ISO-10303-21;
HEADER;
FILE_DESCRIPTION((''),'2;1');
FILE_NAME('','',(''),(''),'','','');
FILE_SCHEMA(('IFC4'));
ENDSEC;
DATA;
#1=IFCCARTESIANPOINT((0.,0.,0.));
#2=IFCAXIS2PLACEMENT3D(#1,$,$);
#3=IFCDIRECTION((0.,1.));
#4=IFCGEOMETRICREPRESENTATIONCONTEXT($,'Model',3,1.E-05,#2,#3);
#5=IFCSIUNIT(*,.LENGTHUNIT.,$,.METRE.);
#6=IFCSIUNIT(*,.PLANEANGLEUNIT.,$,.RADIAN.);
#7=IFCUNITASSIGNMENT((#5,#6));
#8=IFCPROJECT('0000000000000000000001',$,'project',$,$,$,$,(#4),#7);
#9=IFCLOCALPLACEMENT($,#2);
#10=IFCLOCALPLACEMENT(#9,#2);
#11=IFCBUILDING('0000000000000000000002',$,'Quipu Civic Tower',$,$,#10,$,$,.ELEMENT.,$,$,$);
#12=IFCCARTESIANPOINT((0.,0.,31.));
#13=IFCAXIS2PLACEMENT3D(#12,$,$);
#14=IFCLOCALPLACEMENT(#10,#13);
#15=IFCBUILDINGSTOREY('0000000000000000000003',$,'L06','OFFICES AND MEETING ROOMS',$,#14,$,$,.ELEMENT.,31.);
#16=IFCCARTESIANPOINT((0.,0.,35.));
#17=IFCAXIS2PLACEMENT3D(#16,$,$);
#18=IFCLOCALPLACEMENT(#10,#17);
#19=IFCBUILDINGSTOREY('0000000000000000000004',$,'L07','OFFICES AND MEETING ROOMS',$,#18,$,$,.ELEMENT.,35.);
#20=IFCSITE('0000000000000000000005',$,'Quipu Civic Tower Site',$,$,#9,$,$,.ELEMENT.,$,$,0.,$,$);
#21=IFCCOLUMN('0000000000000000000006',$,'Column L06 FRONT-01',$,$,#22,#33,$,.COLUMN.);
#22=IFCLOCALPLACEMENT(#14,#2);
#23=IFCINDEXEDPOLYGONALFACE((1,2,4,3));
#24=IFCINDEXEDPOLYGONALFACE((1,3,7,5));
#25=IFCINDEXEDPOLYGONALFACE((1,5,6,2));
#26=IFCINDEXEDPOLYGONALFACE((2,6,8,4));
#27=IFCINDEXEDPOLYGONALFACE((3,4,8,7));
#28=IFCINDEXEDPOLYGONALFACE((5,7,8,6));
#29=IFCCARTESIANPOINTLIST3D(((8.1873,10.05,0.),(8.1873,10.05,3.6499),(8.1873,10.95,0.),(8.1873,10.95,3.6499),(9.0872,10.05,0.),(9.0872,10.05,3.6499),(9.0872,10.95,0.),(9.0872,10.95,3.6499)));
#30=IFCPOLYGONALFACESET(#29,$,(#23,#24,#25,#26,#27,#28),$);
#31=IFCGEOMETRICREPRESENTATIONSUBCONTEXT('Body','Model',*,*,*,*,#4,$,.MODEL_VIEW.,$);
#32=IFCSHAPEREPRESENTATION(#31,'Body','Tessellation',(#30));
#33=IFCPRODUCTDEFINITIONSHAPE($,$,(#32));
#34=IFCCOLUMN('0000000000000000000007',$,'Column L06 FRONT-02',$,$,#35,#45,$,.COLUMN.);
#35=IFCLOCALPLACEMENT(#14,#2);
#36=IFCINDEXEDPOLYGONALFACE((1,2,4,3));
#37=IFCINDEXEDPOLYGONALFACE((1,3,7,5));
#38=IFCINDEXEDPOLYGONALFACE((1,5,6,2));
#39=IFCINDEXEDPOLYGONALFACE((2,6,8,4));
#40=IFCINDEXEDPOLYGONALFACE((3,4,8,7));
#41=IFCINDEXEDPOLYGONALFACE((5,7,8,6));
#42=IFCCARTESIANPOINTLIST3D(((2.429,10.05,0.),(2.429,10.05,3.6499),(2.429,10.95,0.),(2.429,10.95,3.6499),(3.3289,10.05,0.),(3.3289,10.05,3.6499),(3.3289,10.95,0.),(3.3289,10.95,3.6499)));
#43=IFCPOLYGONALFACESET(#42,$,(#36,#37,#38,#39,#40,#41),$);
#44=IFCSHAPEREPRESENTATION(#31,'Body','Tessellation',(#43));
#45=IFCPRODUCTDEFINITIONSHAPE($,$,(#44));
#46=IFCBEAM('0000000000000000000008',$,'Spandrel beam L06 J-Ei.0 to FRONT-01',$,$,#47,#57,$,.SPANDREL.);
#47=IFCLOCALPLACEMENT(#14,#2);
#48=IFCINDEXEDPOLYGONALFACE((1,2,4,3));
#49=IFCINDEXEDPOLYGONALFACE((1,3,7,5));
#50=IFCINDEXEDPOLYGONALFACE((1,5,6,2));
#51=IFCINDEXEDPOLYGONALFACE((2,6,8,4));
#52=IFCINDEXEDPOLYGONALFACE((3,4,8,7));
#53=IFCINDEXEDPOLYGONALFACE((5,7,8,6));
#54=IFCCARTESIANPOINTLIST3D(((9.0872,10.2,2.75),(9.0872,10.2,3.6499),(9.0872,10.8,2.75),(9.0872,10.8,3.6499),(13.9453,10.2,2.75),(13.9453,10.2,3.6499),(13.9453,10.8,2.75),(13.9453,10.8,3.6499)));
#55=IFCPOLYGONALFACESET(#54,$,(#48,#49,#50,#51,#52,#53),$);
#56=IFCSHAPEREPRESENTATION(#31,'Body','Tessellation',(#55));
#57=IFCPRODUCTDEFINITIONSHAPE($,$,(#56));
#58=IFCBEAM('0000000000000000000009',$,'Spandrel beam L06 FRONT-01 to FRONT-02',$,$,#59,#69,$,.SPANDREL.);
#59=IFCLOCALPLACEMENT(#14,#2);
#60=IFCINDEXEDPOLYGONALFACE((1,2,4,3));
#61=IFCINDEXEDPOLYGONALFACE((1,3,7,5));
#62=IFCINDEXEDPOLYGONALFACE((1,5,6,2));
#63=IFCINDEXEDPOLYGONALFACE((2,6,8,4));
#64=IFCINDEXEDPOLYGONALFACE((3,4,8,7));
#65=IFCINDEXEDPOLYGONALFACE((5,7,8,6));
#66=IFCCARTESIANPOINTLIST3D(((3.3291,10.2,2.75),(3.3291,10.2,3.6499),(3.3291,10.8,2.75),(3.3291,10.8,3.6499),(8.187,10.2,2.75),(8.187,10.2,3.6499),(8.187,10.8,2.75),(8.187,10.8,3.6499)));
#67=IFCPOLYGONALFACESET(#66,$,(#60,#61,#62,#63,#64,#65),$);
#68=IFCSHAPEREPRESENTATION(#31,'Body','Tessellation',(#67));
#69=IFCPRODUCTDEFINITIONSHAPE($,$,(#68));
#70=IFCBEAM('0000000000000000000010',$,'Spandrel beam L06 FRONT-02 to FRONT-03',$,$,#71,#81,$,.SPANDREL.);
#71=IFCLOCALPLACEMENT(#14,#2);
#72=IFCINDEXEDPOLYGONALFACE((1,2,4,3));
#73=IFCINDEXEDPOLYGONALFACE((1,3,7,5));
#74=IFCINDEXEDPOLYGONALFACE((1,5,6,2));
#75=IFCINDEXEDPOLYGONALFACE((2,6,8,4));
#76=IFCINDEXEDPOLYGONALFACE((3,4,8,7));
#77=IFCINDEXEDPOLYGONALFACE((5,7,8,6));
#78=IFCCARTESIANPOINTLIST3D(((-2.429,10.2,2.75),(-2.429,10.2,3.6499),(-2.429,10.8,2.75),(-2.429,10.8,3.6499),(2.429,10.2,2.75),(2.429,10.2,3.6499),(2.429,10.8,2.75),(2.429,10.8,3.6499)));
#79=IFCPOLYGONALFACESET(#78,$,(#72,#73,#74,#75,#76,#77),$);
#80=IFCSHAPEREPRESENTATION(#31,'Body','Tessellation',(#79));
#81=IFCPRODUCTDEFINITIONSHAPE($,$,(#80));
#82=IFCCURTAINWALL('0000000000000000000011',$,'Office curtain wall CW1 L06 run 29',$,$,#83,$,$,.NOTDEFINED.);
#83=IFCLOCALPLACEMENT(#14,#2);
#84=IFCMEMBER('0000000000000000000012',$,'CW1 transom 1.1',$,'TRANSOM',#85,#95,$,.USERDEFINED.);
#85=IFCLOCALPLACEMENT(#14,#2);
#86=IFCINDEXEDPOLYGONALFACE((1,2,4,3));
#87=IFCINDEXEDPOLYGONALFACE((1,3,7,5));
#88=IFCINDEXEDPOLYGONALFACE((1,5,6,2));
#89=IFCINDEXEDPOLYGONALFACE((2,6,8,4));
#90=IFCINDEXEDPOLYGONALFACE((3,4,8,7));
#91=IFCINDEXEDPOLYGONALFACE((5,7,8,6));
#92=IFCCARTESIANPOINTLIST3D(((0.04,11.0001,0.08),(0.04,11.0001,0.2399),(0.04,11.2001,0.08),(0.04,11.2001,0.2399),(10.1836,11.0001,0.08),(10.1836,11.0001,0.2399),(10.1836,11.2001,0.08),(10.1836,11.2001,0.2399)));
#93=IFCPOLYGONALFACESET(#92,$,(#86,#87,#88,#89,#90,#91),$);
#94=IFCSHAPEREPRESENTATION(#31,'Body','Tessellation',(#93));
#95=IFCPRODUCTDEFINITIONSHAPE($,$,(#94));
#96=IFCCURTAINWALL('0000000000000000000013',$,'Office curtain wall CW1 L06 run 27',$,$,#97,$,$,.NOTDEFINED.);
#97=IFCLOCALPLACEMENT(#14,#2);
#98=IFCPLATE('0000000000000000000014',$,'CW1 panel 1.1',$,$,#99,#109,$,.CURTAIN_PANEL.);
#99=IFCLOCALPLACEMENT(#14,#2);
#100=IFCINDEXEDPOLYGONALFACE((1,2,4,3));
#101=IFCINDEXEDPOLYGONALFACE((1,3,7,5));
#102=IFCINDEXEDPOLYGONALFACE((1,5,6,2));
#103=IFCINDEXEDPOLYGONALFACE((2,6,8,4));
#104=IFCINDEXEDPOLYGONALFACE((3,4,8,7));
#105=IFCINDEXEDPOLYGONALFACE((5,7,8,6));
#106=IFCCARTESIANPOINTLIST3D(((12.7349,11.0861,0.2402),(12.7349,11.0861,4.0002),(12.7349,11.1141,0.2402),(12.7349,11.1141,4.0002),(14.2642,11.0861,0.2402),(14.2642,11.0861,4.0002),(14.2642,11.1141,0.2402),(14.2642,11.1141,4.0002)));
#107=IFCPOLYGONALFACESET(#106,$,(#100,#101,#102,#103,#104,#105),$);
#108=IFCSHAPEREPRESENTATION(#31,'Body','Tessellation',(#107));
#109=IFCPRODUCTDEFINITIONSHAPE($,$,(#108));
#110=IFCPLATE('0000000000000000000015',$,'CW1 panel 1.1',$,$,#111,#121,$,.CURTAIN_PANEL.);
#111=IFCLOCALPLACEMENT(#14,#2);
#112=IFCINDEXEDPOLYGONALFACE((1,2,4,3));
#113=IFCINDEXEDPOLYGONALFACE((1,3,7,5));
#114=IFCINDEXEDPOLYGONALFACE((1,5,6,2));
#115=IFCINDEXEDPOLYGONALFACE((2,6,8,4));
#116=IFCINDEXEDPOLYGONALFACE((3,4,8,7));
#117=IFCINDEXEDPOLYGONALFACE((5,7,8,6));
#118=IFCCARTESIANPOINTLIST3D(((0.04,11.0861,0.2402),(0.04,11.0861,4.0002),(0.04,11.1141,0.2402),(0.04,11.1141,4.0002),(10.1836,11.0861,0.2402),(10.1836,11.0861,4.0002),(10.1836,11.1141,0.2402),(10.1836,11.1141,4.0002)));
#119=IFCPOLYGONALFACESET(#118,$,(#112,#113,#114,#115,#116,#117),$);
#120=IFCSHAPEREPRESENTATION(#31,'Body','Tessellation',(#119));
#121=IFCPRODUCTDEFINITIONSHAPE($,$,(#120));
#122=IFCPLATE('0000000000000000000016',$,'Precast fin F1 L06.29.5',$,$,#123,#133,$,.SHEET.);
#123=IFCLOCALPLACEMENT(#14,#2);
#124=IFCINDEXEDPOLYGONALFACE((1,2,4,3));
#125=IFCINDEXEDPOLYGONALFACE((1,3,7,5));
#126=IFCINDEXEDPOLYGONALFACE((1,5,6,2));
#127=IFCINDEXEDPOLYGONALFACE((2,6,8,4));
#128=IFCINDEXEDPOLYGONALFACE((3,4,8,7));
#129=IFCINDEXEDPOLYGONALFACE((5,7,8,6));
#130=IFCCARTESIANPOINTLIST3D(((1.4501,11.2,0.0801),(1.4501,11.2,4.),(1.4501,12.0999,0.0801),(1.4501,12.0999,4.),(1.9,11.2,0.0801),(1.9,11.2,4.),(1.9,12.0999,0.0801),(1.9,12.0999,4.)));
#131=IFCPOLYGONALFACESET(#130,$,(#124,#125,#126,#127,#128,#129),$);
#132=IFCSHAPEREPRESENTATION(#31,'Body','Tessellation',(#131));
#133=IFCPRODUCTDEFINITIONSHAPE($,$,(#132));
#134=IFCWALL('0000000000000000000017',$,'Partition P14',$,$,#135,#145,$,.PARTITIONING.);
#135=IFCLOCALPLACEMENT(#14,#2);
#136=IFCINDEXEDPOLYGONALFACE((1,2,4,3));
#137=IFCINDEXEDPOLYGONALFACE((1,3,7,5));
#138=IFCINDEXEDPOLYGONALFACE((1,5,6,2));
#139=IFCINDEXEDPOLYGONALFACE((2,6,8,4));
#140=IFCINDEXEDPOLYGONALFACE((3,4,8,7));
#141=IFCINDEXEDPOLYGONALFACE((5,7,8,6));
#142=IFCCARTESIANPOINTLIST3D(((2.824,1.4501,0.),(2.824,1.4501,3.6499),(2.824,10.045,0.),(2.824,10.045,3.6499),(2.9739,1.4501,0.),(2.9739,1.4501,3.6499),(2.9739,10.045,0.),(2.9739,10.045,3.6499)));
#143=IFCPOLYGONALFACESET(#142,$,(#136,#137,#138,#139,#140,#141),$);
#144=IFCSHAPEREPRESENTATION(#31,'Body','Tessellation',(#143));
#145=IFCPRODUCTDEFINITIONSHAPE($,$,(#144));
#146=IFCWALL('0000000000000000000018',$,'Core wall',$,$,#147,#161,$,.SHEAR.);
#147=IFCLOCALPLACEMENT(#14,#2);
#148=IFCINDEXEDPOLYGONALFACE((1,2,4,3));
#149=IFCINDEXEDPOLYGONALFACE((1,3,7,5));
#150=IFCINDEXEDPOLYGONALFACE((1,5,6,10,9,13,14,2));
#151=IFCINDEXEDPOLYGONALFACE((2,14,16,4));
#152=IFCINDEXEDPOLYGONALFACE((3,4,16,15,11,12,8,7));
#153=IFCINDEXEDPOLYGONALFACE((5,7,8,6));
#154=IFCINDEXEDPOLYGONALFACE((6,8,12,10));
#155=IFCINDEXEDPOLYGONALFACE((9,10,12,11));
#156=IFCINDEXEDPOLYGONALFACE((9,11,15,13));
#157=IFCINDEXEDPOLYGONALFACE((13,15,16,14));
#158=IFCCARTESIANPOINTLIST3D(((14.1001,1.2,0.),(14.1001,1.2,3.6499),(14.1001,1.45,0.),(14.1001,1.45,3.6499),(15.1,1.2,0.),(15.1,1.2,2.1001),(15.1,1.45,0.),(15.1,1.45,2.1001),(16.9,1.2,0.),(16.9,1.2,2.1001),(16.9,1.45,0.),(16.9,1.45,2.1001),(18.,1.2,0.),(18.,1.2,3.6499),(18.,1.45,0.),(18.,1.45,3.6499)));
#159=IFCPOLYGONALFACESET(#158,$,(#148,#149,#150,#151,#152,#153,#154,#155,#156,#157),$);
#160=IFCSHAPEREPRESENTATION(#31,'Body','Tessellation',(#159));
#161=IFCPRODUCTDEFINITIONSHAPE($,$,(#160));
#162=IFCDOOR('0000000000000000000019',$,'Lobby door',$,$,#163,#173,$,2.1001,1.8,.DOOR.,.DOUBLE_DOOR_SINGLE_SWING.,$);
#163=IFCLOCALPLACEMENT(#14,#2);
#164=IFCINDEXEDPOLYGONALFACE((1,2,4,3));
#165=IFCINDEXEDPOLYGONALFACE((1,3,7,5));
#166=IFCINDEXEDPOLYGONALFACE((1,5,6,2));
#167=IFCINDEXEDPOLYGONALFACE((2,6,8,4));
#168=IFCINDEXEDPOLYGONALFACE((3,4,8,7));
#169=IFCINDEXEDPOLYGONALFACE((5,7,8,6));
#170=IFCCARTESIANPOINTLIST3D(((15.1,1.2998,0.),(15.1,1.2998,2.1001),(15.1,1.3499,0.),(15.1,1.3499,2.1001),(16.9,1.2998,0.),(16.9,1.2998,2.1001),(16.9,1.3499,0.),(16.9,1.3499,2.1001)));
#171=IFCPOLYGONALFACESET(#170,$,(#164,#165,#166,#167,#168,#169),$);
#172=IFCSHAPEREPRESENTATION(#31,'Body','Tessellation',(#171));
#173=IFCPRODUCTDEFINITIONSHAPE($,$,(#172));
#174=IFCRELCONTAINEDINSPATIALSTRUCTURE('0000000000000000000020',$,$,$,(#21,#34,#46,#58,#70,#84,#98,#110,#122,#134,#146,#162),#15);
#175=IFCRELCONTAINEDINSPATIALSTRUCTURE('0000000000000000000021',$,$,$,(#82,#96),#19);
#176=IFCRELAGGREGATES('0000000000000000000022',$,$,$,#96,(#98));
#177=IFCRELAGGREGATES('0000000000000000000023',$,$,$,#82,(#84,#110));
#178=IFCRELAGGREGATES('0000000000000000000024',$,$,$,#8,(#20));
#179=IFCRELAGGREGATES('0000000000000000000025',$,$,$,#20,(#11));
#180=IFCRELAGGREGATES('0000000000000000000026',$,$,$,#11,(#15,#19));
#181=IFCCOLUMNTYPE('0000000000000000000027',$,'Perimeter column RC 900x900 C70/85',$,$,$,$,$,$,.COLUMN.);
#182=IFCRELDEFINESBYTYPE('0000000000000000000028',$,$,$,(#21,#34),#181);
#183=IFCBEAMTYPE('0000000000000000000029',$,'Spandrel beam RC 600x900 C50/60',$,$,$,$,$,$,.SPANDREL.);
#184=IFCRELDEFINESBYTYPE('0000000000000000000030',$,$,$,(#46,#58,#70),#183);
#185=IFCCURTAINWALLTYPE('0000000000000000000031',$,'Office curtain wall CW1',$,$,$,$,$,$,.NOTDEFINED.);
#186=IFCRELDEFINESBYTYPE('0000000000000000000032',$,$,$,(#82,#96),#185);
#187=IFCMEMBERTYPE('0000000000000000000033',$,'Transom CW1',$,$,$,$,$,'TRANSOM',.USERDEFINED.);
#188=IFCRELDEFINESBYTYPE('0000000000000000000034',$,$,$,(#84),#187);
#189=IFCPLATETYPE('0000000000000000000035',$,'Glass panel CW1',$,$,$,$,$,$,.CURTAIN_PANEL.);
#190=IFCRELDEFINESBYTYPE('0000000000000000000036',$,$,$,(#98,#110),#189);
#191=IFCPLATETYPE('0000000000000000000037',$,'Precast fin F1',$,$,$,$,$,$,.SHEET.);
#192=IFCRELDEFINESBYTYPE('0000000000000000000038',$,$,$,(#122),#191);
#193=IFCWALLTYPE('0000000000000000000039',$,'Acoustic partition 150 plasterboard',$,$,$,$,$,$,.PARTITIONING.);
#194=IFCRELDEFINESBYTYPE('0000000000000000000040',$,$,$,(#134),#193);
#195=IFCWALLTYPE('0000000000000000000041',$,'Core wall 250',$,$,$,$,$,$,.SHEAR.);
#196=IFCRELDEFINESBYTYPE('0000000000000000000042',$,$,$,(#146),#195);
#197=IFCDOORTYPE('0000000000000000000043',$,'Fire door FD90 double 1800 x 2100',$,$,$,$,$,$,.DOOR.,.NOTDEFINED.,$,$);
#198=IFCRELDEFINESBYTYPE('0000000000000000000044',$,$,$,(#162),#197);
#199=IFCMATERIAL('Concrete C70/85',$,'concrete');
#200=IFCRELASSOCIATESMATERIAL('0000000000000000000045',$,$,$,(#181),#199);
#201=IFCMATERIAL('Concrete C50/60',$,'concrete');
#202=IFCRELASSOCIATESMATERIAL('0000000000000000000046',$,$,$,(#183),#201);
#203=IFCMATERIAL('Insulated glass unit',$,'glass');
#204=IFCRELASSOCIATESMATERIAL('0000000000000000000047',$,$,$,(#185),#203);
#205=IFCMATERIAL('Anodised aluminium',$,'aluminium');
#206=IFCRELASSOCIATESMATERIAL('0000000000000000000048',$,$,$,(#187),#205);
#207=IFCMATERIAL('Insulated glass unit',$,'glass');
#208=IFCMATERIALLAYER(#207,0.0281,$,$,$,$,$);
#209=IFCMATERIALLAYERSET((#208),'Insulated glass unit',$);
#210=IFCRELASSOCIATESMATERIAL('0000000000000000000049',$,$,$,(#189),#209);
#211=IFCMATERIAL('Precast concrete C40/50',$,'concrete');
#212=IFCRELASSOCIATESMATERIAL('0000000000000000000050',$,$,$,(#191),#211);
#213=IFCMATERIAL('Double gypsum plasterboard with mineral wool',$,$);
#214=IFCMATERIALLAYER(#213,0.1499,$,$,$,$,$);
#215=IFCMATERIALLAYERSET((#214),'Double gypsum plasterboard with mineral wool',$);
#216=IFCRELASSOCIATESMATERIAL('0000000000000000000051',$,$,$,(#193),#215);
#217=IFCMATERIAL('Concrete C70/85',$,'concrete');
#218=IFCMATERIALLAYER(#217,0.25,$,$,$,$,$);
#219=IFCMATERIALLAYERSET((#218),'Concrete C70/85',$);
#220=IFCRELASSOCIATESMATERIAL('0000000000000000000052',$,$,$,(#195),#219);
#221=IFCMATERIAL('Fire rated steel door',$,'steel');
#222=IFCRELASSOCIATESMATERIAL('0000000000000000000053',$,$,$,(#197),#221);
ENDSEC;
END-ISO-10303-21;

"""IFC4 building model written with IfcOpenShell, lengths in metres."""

from ifc_helpers import new_model, si_unit, direction, frame, frame_2d, origin, origin_2d, place, context, subcontext, project, spatial, rectangle, extrude, material, layer, layer_set, material_profile, profile_set, type_object, element, fill, aggregate, save


model = new_model("IFC4")

# Units and contexts
model_context = context("Model", 3, precision=1e-05, world=origin(), true_north=direction((0.0, 1.0)))
body_context = subcontext(model_context, "Body", "Model", "MODEL_VIEW")
ifc_project = project(units=[si_unit("LENGTHUNIT", "METRE"), si_unit("PLANEANGLEUNIT", "RADIAN")], contexts=[model_context])

# Site, building, storey
site_placement = place(None, origin())
site = spatial("IfcSite", under=ifc_project, at=site_placement, Name="Quipu Civic Tower Site", CompositionType="ELEMENT", RefElevation=0.0)
building_placement = place(site_placement, origin())
building = spatial("IfcBuilding", under=site, at=building_placement, Name="Quipu Civic Tower", CompositionType="ELEMENT")
storey_1_placement = place(building_placement, frame((0.0, 0.0, 31.0)))
storey_1 = spatial("IfcBuildingStorey", under=building, at=storey_1_placement, Name="L06", Description="OFFICES AND MEETING ROOMS", CompositionType="ELEMENT", Elevation=31.0)

# Columns
ifc_material_1 = material(Name="Concrete C70/85", Category="concrete")
ifc_material_profile_1 = material_profile(ifc_material_1, rectangle(XDim=0.8999, YDim=0.8999, at=origin_2d()), Name="RC900x900")
ifc_profile_set_1 = profile_set([ifc_material_profile_1], Name="Concrete C70/85")
column_type = type_object("IfcColumnType", Name="Perimeter column RC 900x900 C70/85", PredefinedType="COLUMN", material=ifc_profile_set_1)
for number, where, z_axis, x_axis, name in (
    (1, (8.6372, 10.5, 0.0), (0.0, 0.0, 1.0), (-1.0, 0.0, 0.0), "Column L06 FRONT-01"),
    (2, (2.8789, 10.5, 0.0), (0.0, 0.0, 1.0), (-1.0, 0.0, 0.0), "Column L06 FRONT-02"),
):
    element("IfcColumn", number, at=place(storey_1_placement, frame(where, z_axis=z_axis, x_axis=x_axis)), inside=storey_1, type_object=column_type, Name=name, PredefinedType="COLUMN", context=body_context, shape_type="SweptSolid", body=[
        extrude(rectangle(XDim=0.8999, YDim=0.8999, at=origin_2d()), origin(), (0.0, 0.0, 1.0), 3.6499),
    ])

# Beams
ifc_material_2 = material(Name="Concrete C50/60", Category="concrete")
ifc_material_profile_2 = material_profile(ifc_material_2, rectangle(XDim=0.6001, YDim=0.8999, at=origin_2d()), Name="RC600x900")
ifc_profile_set_2 = profile_set([ifc_material_profile_2], Name="Concrete C50/60")
beam_type = type_object("IfcBeamType", Name="Spandrel beam RC 600x900 C50/60", PredefinedType="SPANDREL", material=ifc_profile_set_2)
beam_placement = place(storey_1_placement, frame((13.9453, 10.5, 3.2), z_axis=(-1.0, 0.0, 0.0), x_axis=(0.0, -1.0, 0.0)))
element("IfcBeam", 3, at=beam_placement, inside=storey_1, type_object=beam_type, Name="Spandrel beam L06 J-Ei.0 to FRONT-01", PredefinedType="SPANDREL", context=body_context, shape_type="SweptSolid", body=[
    extrude(rectangle(XDim=0.6001, YDim=0.8999, at=origin_2d()), origin(), (0.0, 0.0, 1.0), 4.8582),
])
for number, where, z_axis, x_axis, name in (
    (4, (8.187, 10.5, 3.2), (-1.0, 0.0, 0.0), (0.0, -1.0, 0.0), "Spandrel beam L06 FRONT-01 to FRONT-02"),
    (5, (2.429, 10.5, 3.2), (-1.0, 0.0, 0.0), (0.0, -1.0, 0.0), "Spandrel beam L06 FRONT-02 to FRONT-03"),
):
    element("IfcBeam", number, at=place(storey_1_placement, frame(where, z_axis=z_axis, x_axis=x_axis)), inside=storey_1, type_object=beam_type, Name=name, PredefinedType="SPANDREL", context=body_context, shape_type="SweptSolid", body=[
        extrude(rectangle(XDim=0.6001, YDim=0.8999, at=origin_2d()), origin(), (0.0, 0.0, 1.0), 4.8579),
    ])

# Shared definitions
storey_2_placement = place(building_placement, frame((0.0, 0.0, 35.0)))
storey_2 = spatial("IfcBuildingStorey", under=building, at=storey_2_placement, Name="L07", Description="OFFICES AND MEETING ROOMS", CompositionType="ELEMENT", Elevation=35.0)

# Curtain wall, member
ifc_material_3 = material(Name="Insulated glass unit", Category="glass")
curtain_wall_type = type_object("IfcCurtainWallType", Name="Office curtain wall CW1", PredefinedType="NOTDEFINED", material=ifc_material_3)
curtain_wall_1_placement = place(storey_2_placement, origin())
curtain_wall_1 = element("IfcCurtainWall", 6, at=curtain_wall_1_placement, inside=storey_2, type_object=curtain_wall_type, Name="Office curtain wall CW1 L06 run 29", PredefinedType="NOTDEFINED")
ifc_material_4 = material(Name="Anodised aluminium", Category="aluminium")
ifc_material_profile_3 = material_profile(ifc_material_4, rectangle(XDim=0.2, YDim=0.1599, at=origin_2d()), Name="RECT 200x160")
ifc_profile_set_3 = profile_set([ifc_material_profile_3], Name="Anodised aluminium")
member_type = type_object("IfcMemberType", Name="Transom CW1", ElementType="TRANSOM", PredefinedType="USERDEFINED", material=ifc_profile_set_3)
member_placement = place(storey_1_placement, frame((10.1836, 11.1001, 0.1599), z_axis=(-1.0, 0.0, 0.0), x_axis=(0.0, -1.0, 0.0)))
member = element("IfcMember", 7, at=member_placement, inside=storey_1, type_object=member_type, Name="CW1 transom 1.1", ObjectType="TRANSOM", PredefinedType="USERDEFINED", context=body_context, shape_type="SweptSolid", body=[
    extrude(rectangle(XDim=0.2, YDim=0.1599, at=origin_2d()), origin(), (0.0, 0.0, 1.0), 10.1436),
])

# Curtain wall, plate
curtain_wall_2_placement = place(storey_2_placement, origin())
curtain_wall_2 = element("IfcCurtainWall", 8, at=curtain_wall_2_placement, inside=storey_2, type_object=curtain_wall_type, Name="Office curtain wall CW1 L06 run 27", PredefinedType="NOTDEFINED")
ifc_material_5 = material(Name="Insulated glass unit", Category="glass")
ifc_layer_1 = layer(ifc_material_5, 0.0281)
ifc_layer_set_1 = layer_set([ifc_layer_1], Name="Insulated glass unit")
plate_type_1 = type_object("IfcPlateType", Name="Glass panel CW1", PredefinedType="CURTAIN_PANEL", material=ifc_layer_set_1)
plate_1_placement = place(storey_1_placement, frame((13.4995, 11.1001, 0.2402), z_axis=(0.0, 0.0, 1.0), x_axis=(-1.0, 0.0, 0.0)))
plate_1 = element("IfcPlate", 9, at=plate_1_placement, inside=storey_1, type_object=plate_type_1, Name="CW1 panel 1.1", PredefinedType="CURTAIN_PANEL", context=body_context, shape_type="SweptSolid", body=[
    extrude(rectangle(XDim=1.5293, YDim=0.0281, at=origin_2d()), origin(), (0.0, 0.0, 1.0), 3.76),
])
aggregate(curtain_wall_2, [plate_1])

# Plates
plate_2_placement = place(storey_1_placement, frame((5.1118, 11.1001, 0.2402), z_axis=(0.0, 0.0, 1.0), x_axis=(-1.0, 0.0, 0.0)))
plate_2 = element("IfcPlate", 10, at=plate_2_placement, inside=storey_1, type_object=plate_type_1, Name="CW1 panel 1.1", PredefinedType="CURTAIN_PANEL", context=body_context, shape_type="SweptSolid", body=[
    extrude(rectangle(XDim=10.1436, YDim=0.0281, at=origin_2d()), origin(), (0.0, 0.0, 1.0), 3.76),
])
aggregate(curtain_wall_1, [member, plate_2])
ifc_material_6 = material(Name="Precast concrete C40/50", Category="concrete")
plate_type_2 = type_object("IfcPlateType", Name="Precast fin F1", PredefinedType="SHEET", material=ifc_material_6)
plate_3_placement = place(storey_1_placement, frame((1.675, 11.6499, 0.0801), z_axis=(0.0, 0.0, 1.0), x_axis=(-1.0, 0.0, 0.0)))
element("IfcPlate", 11, at=plate_3_placement, inside=storey_1, type_object=plate_type_2, Name="Precast fin F1 L06.29.5", PredefinedType="SHEET", context=body_context, shape_type="SweptSolid", body=[
    extrude(rectangle(XDim=0.45, YDim=0.8999, at=origin_2d()), origin(), (0.0, 0.0, 1.0), 3.9199),
])

# Wall
ifc_material_7 = material(Name="Double gypsum plasterboard with mineral wool")
ifc_layer_2 = layer(ifc_material_7, 0.1499)
ifc_layer_set_2 = layer_set([ifc_layer_2], Name="Double gypsum plasterboard with mineral wool")
wall_type_1 = type_object("IfcWallType", Name="Acoustic partition 150 plasterboard", PredefinedType="PARTITIONING", material=ifc_layer_set_2)
wall_1_placement = place(storey_1_placement, frame((2.8989, 10.0449, 0.0), z_axis=(0.0, 0.0, 1.0), x_axis=(0.0, -1.0, 0.0)))
element("IfcWall", 12, at=wall_1_placement, inside=storey_1, type_object=wall_type_1, Name="Partition P14", PredefinedType="PARTITIONING", context=body_context, shape_type="SweptSolid", body=[
    extrude(rectangle(XDim=8.595, YDim=0.1499, at=frame_2d((4.2974, 0.0))), origin(), (0.0, 0.0, 1.0), 3.6499),
])

# Wall, opening, door
ifc_material_8 = material(Name="Concrete C70/85", Category="concrete")
ifc_layer_3 = layer(ifc_material_8, 0.25)
ifc_layer_set_3 = layer_set([ifc_layer_3], Name="Concrete C70/85")
wall_type_2 = type_object("IfcWallType", Name="Core wall 250", PredefinedType="SHEAR", material=ifc_layer_set_3)
wall_2_placement = place(storey_1_placement, frame((14.1001, 1.325, 0.0), z_axis=(0.0, 0.0, 1.0), x_axis=(1.0, 0.0, 0.0)))
wall_2 = element("IfcWall", 13, at=wall_2_placement, inside=storey_1, type_object=wall_type_2, Name="Core wall", PredefinedType="SHEAR", context=body_context, shape_type="SweptSolid", body=[
    extrude(rectangle(XDim=3.8999, YDim=0.25, at=frame_2d((1.95, 0.0))), origin(), (0.0, 0.0, 1.0), 3.6499),
])
opening_1_placement = place(wall_2_placement, frame((1.0, 0.0, 0.0)))
opening_1 = element("IfcOpeningElement", 14, at=opening_1_placement, cuts=wall_2, PredefinedType="OPENING", context=body_context, shape_type="SweptSolid", body=[
    extrude(rectangle(XDim=1.8, YDim=2.1001, at=frame_2d((0.8999, 1.05))), frame((0.0, 0.135, 0.0), z_axis=(0.0, -1.0, 0.0), x_axis=(1.0, 0.0, 0.0)), (0.0, 0.0, 1.0), 0.27),
])
ifc_material_9 = material(Name="Fire rated steel door", Category="steel")
door_type = type_object("IfcDoorType", Name="Fire door FD90 double 1800 x 2100", OperationType="NOTDEFINED", PredefinedType="DOOR", material=ifc_material_9)
door_1_placement = place(opening_1_placement, origin())
door_1 = element("IfcDoor", 15, at=door_1_placement, inside=storey_1, type_object=door_type, Name="Lobby door", OperationType="DOUBLE_DOOR_SINGLE_SWING", OverallHeight=2.1001, OverallWidth=1.8, PredefinedType="DOOR", context=body_context, shape_type="SweptSolid", body=[
    extrude(rectangle(XDim=1.8, YDim=2.1001, at=frame_2d((0.8999, 1.05))), frame((0.0, 0.0249, 0.0), z_axis=(0.0, -1.0, 0.0), x_axis=(1.0, 0.0, 0.0)), (0.0, 0.0, 1.0), 0.05),
])
fill(opening_1, door_1)

save(model, "model.ifc")
